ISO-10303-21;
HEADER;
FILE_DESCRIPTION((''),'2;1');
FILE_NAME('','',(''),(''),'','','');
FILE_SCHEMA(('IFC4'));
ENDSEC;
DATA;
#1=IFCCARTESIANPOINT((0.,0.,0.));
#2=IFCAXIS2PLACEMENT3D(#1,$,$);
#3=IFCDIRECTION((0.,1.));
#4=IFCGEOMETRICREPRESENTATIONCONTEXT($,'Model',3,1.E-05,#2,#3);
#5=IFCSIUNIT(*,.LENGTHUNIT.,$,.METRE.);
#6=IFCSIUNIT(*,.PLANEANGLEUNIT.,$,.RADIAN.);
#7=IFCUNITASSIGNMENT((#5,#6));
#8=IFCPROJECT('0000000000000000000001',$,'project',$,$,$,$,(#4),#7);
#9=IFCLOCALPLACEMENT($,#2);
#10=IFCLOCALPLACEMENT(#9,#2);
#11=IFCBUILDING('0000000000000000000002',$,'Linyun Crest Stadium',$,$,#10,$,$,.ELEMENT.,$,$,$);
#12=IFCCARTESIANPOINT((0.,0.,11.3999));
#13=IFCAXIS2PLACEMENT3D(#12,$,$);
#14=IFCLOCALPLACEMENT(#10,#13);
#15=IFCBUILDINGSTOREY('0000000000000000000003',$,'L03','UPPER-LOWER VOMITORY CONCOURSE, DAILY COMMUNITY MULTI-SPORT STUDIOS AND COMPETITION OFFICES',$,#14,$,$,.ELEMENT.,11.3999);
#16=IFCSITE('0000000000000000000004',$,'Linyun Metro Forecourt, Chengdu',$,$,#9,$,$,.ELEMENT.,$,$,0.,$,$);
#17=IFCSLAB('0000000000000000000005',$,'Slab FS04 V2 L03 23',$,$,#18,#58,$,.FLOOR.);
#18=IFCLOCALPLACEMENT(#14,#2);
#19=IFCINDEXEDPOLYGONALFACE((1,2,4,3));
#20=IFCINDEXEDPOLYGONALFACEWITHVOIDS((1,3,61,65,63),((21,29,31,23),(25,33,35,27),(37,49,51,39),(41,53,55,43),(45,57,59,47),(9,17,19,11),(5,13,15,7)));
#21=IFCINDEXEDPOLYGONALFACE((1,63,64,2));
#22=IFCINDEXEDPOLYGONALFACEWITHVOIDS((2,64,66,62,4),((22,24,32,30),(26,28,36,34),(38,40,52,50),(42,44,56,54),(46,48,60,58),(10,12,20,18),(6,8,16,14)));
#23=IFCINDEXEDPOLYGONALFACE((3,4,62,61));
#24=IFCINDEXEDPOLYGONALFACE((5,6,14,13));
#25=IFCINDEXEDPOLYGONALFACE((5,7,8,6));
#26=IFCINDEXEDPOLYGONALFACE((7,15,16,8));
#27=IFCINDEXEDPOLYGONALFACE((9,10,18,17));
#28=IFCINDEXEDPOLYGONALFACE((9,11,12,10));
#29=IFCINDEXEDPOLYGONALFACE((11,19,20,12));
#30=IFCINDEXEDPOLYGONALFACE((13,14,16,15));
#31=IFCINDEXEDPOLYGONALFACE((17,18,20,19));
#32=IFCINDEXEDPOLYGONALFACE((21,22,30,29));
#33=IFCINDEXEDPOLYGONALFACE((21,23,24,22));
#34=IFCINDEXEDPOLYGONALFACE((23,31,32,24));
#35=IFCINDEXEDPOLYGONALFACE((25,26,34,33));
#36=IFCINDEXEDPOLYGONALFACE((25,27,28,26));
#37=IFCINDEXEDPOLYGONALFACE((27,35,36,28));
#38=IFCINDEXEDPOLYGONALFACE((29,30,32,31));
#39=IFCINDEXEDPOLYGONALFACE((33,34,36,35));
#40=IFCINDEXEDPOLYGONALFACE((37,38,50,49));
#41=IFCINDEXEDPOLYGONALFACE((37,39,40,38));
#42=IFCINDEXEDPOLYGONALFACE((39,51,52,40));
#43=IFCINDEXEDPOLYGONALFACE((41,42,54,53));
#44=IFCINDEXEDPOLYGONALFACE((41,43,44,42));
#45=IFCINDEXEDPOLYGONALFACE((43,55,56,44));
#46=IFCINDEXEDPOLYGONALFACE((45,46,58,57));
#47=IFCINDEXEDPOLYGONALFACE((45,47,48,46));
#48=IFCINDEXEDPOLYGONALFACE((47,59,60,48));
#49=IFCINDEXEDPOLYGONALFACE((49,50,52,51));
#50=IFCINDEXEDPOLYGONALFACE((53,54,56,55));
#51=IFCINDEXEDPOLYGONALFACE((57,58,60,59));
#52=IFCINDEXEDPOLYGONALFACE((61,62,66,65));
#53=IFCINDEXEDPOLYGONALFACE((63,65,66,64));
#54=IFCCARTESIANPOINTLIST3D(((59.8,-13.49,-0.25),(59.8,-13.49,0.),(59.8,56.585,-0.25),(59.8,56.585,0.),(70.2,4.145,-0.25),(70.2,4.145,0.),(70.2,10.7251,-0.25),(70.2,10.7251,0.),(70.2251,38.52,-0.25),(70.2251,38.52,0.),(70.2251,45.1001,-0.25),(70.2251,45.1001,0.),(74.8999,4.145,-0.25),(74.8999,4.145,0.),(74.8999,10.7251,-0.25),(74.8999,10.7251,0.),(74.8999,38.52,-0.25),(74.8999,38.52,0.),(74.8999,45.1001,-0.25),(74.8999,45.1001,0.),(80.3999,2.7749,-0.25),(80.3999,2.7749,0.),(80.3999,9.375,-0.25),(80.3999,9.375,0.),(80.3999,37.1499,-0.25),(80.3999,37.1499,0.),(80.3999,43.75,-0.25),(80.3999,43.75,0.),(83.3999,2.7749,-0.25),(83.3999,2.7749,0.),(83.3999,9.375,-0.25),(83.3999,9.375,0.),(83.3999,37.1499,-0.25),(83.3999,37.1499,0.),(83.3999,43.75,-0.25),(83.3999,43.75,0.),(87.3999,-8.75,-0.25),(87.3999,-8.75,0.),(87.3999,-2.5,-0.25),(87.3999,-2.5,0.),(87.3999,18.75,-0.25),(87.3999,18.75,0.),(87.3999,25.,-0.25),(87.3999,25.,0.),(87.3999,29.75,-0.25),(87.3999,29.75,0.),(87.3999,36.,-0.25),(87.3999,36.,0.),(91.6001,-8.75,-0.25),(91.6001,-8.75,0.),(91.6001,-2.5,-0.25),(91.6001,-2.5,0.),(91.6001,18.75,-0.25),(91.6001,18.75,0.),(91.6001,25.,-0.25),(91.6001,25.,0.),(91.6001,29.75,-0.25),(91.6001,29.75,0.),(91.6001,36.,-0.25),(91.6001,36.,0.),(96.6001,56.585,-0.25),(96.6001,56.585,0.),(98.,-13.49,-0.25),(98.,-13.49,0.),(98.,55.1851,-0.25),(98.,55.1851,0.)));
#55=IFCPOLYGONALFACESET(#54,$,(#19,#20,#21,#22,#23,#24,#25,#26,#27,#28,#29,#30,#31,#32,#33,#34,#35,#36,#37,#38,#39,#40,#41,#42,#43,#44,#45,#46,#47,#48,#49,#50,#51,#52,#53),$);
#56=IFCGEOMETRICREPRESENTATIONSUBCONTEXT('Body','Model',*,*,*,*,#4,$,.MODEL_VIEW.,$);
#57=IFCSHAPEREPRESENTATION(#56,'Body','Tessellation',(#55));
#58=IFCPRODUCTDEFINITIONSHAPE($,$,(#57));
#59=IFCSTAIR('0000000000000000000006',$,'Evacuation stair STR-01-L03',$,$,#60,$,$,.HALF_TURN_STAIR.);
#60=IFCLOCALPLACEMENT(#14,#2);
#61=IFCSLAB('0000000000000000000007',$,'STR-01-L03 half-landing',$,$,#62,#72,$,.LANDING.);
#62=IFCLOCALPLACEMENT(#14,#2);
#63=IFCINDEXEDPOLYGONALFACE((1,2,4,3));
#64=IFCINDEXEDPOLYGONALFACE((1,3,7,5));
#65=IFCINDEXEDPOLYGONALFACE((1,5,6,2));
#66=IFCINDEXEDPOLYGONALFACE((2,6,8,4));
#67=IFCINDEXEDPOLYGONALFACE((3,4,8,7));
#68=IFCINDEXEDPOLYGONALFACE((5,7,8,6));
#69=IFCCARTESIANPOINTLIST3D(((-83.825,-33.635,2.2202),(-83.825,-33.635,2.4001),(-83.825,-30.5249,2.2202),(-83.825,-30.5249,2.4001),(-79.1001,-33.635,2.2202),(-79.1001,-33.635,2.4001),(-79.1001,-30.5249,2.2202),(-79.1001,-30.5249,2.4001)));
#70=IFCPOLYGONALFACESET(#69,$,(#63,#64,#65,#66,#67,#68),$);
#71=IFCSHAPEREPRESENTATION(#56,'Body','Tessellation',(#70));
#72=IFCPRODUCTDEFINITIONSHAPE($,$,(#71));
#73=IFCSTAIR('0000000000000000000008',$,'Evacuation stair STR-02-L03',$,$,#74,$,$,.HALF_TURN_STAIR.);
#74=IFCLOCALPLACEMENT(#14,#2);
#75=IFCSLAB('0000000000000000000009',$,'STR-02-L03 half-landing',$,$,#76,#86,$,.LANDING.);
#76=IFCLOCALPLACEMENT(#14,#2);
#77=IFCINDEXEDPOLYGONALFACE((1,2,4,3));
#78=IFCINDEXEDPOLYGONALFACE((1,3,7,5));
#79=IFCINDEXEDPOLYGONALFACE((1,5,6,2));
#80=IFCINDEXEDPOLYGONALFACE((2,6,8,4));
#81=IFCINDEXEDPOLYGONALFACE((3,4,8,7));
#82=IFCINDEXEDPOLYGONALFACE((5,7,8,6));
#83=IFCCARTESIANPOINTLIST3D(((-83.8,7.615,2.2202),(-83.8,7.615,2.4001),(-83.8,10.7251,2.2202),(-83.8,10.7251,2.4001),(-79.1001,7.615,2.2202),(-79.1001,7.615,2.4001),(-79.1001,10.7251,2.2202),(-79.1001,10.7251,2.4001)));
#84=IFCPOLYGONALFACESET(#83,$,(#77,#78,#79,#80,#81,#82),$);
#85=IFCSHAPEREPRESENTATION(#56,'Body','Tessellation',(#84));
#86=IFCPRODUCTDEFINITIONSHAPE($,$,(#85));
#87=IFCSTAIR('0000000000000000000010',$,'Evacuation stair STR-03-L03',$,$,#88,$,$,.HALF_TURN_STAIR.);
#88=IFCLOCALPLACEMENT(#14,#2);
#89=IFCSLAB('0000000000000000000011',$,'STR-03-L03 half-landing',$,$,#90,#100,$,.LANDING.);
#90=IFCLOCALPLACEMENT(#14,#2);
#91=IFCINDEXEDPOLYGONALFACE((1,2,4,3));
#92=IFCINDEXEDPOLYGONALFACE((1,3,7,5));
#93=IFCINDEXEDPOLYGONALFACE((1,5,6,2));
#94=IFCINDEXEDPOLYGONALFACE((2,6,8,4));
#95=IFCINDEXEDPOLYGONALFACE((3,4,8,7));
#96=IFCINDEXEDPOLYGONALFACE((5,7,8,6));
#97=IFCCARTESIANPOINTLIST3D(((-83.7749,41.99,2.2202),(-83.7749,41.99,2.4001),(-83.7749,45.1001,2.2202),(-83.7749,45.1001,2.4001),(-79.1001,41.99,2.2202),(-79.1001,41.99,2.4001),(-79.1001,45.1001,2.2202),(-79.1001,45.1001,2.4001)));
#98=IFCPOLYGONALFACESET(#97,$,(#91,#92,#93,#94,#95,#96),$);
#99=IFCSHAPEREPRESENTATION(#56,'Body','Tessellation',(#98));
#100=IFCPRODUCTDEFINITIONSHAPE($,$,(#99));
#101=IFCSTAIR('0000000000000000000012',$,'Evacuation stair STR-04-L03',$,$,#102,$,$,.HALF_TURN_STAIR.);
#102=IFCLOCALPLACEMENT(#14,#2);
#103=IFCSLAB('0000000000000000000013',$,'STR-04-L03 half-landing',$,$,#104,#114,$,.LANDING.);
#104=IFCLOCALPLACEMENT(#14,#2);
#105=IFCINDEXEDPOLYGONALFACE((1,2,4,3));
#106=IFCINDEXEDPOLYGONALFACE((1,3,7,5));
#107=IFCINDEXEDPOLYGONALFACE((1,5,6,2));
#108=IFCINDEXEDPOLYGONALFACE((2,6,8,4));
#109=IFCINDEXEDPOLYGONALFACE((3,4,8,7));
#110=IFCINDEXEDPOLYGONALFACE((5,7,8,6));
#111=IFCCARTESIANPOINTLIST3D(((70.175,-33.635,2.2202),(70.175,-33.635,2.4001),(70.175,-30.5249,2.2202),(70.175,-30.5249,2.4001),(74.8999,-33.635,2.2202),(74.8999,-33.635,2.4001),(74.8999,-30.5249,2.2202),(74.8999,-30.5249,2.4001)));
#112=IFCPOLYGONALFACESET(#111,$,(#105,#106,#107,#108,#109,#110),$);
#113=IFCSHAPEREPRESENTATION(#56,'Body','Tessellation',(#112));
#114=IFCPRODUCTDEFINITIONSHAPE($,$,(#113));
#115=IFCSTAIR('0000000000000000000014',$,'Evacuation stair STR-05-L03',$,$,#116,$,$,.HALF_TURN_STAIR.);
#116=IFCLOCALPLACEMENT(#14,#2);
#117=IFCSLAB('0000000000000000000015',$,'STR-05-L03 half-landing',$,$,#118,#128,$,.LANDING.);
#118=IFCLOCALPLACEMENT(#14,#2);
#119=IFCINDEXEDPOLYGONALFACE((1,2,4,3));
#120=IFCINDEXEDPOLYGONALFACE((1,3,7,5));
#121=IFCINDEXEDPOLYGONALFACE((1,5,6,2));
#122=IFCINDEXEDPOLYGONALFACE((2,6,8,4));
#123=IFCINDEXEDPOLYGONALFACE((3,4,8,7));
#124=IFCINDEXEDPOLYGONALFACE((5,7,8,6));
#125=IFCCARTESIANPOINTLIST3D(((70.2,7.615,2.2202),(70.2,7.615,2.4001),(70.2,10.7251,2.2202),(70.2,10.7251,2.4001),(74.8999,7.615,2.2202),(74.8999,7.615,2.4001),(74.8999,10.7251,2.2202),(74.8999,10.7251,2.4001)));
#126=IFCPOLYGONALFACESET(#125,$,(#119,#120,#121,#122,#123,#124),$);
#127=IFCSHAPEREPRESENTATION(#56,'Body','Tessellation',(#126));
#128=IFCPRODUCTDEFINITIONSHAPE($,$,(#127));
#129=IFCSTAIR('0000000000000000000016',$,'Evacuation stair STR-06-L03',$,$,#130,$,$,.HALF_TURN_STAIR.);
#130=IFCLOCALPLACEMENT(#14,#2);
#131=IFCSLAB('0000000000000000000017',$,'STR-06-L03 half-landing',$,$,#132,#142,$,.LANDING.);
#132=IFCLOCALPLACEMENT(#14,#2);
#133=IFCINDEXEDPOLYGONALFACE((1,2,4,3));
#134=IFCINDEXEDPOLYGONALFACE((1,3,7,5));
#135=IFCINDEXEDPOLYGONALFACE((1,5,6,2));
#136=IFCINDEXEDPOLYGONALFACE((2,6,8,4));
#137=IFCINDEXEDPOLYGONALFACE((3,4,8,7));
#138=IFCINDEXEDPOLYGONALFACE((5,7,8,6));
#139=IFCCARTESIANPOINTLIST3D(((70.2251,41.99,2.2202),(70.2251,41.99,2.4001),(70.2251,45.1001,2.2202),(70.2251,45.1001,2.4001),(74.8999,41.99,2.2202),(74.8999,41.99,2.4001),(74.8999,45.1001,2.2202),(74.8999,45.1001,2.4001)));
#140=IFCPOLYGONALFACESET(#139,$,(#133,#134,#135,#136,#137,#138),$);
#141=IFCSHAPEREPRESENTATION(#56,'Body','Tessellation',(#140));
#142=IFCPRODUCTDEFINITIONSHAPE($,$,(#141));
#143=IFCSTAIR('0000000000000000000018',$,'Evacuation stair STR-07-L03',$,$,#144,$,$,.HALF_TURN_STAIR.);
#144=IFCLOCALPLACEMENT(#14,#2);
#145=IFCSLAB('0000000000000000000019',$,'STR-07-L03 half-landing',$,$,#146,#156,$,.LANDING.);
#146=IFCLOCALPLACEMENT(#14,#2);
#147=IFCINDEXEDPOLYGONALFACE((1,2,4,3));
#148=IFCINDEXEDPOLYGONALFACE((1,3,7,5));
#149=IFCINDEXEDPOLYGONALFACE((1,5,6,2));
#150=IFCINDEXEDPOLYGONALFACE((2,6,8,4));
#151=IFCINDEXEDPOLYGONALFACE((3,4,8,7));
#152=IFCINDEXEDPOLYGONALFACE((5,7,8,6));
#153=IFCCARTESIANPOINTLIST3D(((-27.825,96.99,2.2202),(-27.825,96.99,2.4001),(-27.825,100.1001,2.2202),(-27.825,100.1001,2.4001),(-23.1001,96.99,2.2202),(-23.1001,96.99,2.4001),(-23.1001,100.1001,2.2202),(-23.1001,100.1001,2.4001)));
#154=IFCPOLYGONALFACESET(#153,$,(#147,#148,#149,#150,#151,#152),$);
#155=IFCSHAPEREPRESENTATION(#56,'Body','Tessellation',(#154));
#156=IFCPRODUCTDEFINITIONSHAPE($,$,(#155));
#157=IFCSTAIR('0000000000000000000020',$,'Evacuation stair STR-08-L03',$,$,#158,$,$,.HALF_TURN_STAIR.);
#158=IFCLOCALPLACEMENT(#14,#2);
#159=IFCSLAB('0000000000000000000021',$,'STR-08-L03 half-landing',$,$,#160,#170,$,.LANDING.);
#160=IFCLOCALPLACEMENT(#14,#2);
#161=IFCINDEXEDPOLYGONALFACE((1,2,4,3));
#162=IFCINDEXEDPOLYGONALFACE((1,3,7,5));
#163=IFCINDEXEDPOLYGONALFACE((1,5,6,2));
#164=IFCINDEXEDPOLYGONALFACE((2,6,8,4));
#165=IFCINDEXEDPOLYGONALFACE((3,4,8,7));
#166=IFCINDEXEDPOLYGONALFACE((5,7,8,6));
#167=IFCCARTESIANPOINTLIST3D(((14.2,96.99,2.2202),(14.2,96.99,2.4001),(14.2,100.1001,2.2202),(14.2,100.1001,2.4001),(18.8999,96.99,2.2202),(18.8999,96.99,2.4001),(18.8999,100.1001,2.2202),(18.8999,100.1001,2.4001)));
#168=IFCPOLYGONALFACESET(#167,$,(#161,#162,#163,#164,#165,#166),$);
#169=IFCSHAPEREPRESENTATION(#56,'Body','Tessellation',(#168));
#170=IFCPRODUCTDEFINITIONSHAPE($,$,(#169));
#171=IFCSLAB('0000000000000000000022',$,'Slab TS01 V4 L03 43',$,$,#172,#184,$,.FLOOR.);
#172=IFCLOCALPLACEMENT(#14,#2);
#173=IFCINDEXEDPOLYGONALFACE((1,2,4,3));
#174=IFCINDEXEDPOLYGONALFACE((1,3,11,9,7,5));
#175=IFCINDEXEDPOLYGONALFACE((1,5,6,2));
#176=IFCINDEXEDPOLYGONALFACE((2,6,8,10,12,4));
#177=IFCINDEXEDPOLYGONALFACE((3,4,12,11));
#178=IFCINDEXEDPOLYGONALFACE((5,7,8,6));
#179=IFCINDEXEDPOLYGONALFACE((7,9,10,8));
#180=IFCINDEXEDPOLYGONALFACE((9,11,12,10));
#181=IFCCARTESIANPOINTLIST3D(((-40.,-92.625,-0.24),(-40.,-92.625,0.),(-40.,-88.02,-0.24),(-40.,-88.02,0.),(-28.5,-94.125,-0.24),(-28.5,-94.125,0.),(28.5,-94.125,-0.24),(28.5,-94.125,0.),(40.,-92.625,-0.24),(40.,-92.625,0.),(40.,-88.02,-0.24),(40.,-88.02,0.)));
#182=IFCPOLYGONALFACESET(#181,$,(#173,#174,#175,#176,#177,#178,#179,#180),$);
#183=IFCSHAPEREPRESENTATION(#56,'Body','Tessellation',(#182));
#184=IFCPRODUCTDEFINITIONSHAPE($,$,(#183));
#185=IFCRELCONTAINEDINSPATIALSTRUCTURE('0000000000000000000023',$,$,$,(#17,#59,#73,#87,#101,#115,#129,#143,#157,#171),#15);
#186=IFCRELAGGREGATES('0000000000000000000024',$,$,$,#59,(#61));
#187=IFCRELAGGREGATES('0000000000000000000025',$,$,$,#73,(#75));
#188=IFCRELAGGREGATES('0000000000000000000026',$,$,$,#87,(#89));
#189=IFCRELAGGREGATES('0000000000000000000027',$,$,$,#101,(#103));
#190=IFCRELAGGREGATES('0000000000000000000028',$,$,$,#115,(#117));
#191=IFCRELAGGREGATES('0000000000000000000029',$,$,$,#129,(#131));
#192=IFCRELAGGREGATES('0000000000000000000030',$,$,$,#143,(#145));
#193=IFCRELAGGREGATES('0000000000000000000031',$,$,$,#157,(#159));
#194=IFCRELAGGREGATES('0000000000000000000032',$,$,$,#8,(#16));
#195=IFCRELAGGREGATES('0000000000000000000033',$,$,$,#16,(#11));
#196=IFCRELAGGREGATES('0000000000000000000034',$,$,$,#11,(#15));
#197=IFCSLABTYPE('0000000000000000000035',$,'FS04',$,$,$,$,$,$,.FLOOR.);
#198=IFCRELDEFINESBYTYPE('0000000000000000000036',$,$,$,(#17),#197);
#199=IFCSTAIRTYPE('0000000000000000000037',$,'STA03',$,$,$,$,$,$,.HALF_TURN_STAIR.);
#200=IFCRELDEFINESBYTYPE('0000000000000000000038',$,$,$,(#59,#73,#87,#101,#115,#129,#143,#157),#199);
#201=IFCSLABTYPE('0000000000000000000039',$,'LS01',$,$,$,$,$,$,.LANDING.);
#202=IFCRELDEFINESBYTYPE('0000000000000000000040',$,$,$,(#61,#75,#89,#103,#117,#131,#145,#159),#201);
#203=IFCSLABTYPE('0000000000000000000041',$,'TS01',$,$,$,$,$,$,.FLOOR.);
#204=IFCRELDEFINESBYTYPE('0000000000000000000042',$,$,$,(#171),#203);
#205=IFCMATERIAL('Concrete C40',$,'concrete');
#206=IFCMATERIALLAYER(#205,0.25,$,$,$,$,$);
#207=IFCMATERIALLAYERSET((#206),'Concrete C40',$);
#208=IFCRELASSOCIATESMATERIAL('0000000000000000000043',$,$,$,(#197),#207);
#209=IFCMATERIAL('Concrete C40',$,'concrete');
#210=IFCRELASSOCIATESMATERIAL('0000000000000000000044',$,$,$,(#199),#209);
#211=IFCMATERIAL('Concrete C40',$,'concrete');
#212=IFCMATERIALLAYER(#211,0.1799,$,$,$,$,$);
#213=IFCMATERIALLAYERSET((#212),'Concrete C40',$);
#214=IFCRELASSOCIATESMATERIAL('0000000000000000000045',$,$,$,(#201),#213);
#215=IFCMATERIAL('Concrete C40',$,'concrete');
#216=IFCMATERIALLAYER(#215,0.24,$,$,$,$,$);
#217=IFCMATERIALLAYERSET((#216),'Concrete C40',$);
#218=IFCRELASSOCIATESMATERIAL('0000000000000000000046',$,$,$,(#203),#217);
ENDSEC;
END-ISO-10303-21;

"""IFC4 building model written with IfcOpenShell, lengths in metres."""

from ifc_helpers import new_model, si_unit, direction, frame, origin, place, context, subcontext, project, spatial, polyline, outline, extrude, material, layer, layer_set, type_object, element, aggregate, save


model = new_model("IFC4")

# Units and contexts
model_context = context("Model", 3, precision=1e-05, world=origin(), true_north=direction((0.0, 1.0)))
body_context = subcontext(model_context, "Body", "Model", "MODEL_VIEW")
ifc_project = project(units=[si_unit("LENGTHUNIT", "METRE"), si_unit("PLANEANGLEUNIT", "RADIAN")], contexts=[model_context])

# Site, building, storey
site_placement = place(None, origin())
site = spatial("IfcSite", under=ifc_project, at=site_placement, Name="Linyun Metro Forecourt, Chengdu", CompositionType="ELEMENT", RefElevation=0.0)
building_placement = place(site_placement, origin())
building = spatial("IfcBuilding", under=site, at=building_placement, Name="Linyun Crest Stadium", CompositionType="ELEMENT")
storey_placement = place(building_placement, frame((0.0, 0.0, 11.3999)))
storey = spatial("IfcBuildingStorey", under=building, at=storey_placement, Name="L03", Description="UPPER-LOWER VOMITORY CONCOURSE, DAILY COMMUNITY MULTI-SPORT STUDIOS AND COMPETITION OFFICES", CompositionType="ELEMENT", Elevation=11.3999)

# Slab
ifc_material_1 = material(Name="Concrete C40", Category="concrete")
ifc_layer_1 = layer(ifc_material_1, 0.25)
ifc_layer_set_1 = layer_set([ifc_layer_1], Name="Concrete C40")
slab_type_1 = type_object("IfcSlabType", Name="FS04", PredefinedType="FLOOR", material=ifc_layer_set_1)
slab_1_placement = place(storey_placement, frame((0.0, 0.0, -0.25)))
element("IfcSlab", 1, at=slab_1_placement, inside=storey, type_object=slab_type_1, Name="Slab FS04 V2 L03 23", PredefinedType="FLOOR", context=body_context, shape_type="SweptSolid", body=[
    extrude(outline(polyline([(59.8, -13.49), (98.0, -13.49), (98.0, 55.1851), (96.6001, 56.585), (59.8, 56.585), (59.8, -13.49)]), holes=[polyline([(70.2, 4.145), (70.2, 10.7251), (74.8999, 10.7251), (74.8999, 4.145), (70.2, 4.145)]), polyline([(80.3999, 2.7749), (80.3999, 9.375), (83.3999, 9.375), (83.3999, 2.7749), (80.3999, 2.7749)]), polyline([(70.2251, 38.52), (70.2251, 45.1001), (74.8999, 45.1001), (74.8999, 38.52), (70.2251, 38.52)]), polyline([(80.3999, 37.1499), (80.3999, 43.75), (83.3999, 43.75), (83.3999, 37.1499), (80.3999, 37.1499)]), polyline([(87.3999, -8.75), (87.3999, -2.5), (91.6001, -2.5), (91.6001, -8.75), (87.3999, -8.75)]), polyline([(87.3999, 18.75), (87.3999, 25.0), (91.6001, 25.0), (91.6001, 18.75), (87.3999, 18.75)]), polyline([(87.3999, 29.75), (87.3999, 36.0), (91.6001, 36.0), (91.6001, 29.75), (87.3999, 29.75)])]), origin(), (0.0, 0.0, 1.0), 0.25),
])

# Stairs, slabs
ifc_material_2 = material(Name="Concrete C40", Category="concrete")
stair_type = type_object("IfcStairType", Name="STA03", PredefinedType="HALF_TURN_STAIR", material=ifc_material_2)
stair_1_placement = place(storey_placement, origin())
stair_1 = element("IfcStair", 2, at=stair_1_placement, inside=storey, type_object=stair_type, Name="Evacuation stair STR-01-L03", PredefinedType="HALF_TURN_STAIR")
ifc_material_3 = material(Name="Concrete C40", Category="concrete")
ifc_layer_2 = layer(ifc_material_3, 0.1799)
ifc_layer_set_2 = layer_set([ifc_layer_2], Name="Concrete C40")
slab_type_2 = type_object("IfcSlabType", Name="LS01", PredefinedType="LANDING", material=ifc_layer_set_2)
slab_2_placement = place(storey_placement, frame((0.0, 0.0, 2.2202)))
slab_2 = element("IfcSlab", 3, at=slab_2_placement, type_object=slab_type_2, Name="STR-01-L03 half-landing", PredefinedType="LANDING", context=body_context, shape_type="SweptSolid", body=[
    extrude(outline(polyline([(-83.825, -33.635), (-79.1001, -33.635), (-79.1001, -30.5249), (-83.825, -30.5249), (-83.825, -33.635)])), origin(), (0.0, 0.0, 1.0), 0.1799),
])
aggregate(stair_1, [slab_2])
stair_2_placement = place(storey_placement, origin())
stair_2 = element("IfcStair", 4, at=stair_2_placement, inside=storey, type_object=stair_type, Name="Evacuation stair STR-02-L03", PredefinedType="HALF_TURN_STAIR")
slab_3_placement = place(storey_placement, frame((0.0, 0.0, 2.2202)))
slab_3 = element("IfcSlab", 5, at=slab_3_placement, type_object=slab_type_2, Name="STR-02-L03 half-landing", PredefinedType="LANDING", context=body_context, shape_type="SweptSolid", body=[
    extrude(outline(polyline([(-83.8, 7.615), (-79.1001, 7.615), (-79.1001, 10.7251), (-83.8, 10.7251), (-83.8, 7.615)])), origin(), (0.0, 0.0, 1.0), 0.1799),
])
aggregate(stair_2, [slab_3])
stair_3_placement = place(storey_placement, origin())
stair_3 = element("IfcStair", 6, at=stair_3_placement, inside=storey, type_object=stair_type, Name="Evacuation stair STR-03-L03", PredefinedType="HALF_TURN_STAIR")
slab_4_placement = place(storey_placement, frame((0.0, 0.0, 2.2202)))
slab_4 = element("IfcSlab", 7, at=slab_4_placement, type_object=slab_type_2, Name="STR-03-L03 half-landing", PredefinedType="LANDING", context=body_context, shape_type="SweptSolid", body=[
    extrude(outline(polyline([(-83.7749, 41.99), (-79.1001, 41.99), (-79.1001, 45.1001), (-83.7749, 45.1001), (-83.7749, 41.99)])), origin(), (0.0, 0.0, 1.0), 0.1799),
])
aggregate(stair_3, [slab_4])
stair_4_placement = place(storey_placement, origin())
stair_4 = element("IfcStair", 8, at=stair_4_placement, inside=storey, type_object=stair_type, Name="Evacuation stair STR-04-L03", PredefinedType="HALF_TURN_STAIR")
slab_5_placement = place(storey_placement, frame((0.0, 0.0, 2.2202)))
slab_5 = element("IfcSlab", 9, at=slab_5_placement, type_object=slab_type_2, Name="STR-04-L03 half-landing", PredefinedType="LANDING", context=body_context, shape_type="SweptSolid", body=[
    extrude(outline(polyline([(70.175, -33.635), (74.8999, -33.635), (74.8999, -30.5249), (70.175, -30.5249), (70.175, -33.635)])), origin(), (0.0, 0.0, 1.0), 0.1799),
])
aggregate(stair_4, [slab_5])
stair_5_placement = place(storey_placement, origin())
stair_5 = element("IfcStair", 10, at=stair_5_placement, inside=storey, type_object=stair_type, Name="Evacuation stair STR-05-L03", PredefinedType="HALF_TURN_STAIR")
slab_6_placement = place(storey_placement, frame((0.0, 0.0, 2.2202)))
slab_6 = element("IfcSlab", 11, at=slab_6_placement, type_object=slab_type_2, Name="STR-05-L03 half-landing", PredefinedType="LANDING", context=body_context, shape_type="SweptSolid", body=[
    extrude(outline(polyline([(70.2, 7.615), (74.8999, 7.615), (74.8999, 10.7251), (70.2, 10.7251), (70.2, 7.615)])), origin(), (0.0, 0.0, 1.0), 0.1799),
])
aggregate(stair_5, [slab_6])
stair_6_placement = place(storey_placement, origin())
stair_6 = element("IfcStair", 12, at=stair_6_placement, inside=storey, type_object=stair_type, Name="Evacuation stair STR-06-L03", PredefinedType="HALF_TURN_STAIR")
slab_7_placement = place(storey_placement, frame((0.0, 0.0, 2.2202)))
slab_7 = element("IfcSlab", 13, at=slab_7_placement, type_object=slab_type_2, Name="STR-06-L03 half-landing", PredefinedType="LANDING", context=body_context, shape_type="SweptSolid", body=[
    extrude(outline(polyline([(70.2251, 41.99), (74.8999, 41.99), (74.8999, 45.1001), (70.2251, 45.1001), (70.2251, 41.99)])), origin(), (0.0, 0.0, 1.0), 0.1799),
])
aggregate(stair_6, [slab_7])
stair_7_placement = place(storey_placement, origin())
stair_7 = element("IfcStair", 14, at=stair_7_placement, inside=storey, type_object=stair_type, Name="Evacuation stair STR-07-L03", PredefinedType="HALF_TURN_STAIR")
slab_8_placement = place(storey_placement, frame((0.0, 0.0, 2.2202)))
slab_8 = element("IfcSlab", 15, at=slab_8_placement, type_object=slab_type_2, Name="STR-07-L03 half-landing", PredefinedType="LANDING", context=body_context, shape_type="SweptSolid", body=[
    extrude(outline(polyline([(-27.825, 96.99), (-23.1001, 96.99), (-23.1001, 100.1001), (-27.825, 100.1001), (-27.825, 96.99)])), origin(), (0.0, 0.0, 1.0), 0.1799),
])
aggregate(stair_7, [slab_8])
stair_8_placement = place(storey_placement, origin())
stair_8 = element("IfcStair", 16, at=stair_8_placement, inside=storey, type_object=stair_type, Name="Evacuation stair STR-08-L03", PredefinedType="HALF_TURN_STAIR")
slab_9_placement = place(storey_placement, frame((0.0, 0.0, 2.2202)))
slab_9 = element("IfcSlab", 17, at=slab_9_placement, type_object=slab_type_2, Name="STR-08-L03 half-landing", PredefinedType="LANDING", context=body_context, shape_type="SweptSolid", body=[
    extrude(outline(polyline([(14.2, 96.99), (18.8999, 96.99), (18.8999, 100.1001), (14.2, 100.1001), (14.2, 96.99)])), origin(), (0.0, 0.0, 1.0), 0.1799),
])
aggregate(stair_8, [slab_9])

# Slab
ifc_material_4 = material(Name="Concrete C40", Category="concrete")
ifc_layer_3 = layer(ifc_material_4, 0.24)
ifc_layer_set_3 = layer_set([ifc_layer_3], Name="Concrete C40")
slab_type_3 = type_object("IfcSlabType", Name="TS01", PredefinedType="FLOOR", material=ifc_layer_set_3)
slab_10_placement = place(storey_placement, frame((0.0, 0.0, -0.24)))
element("IfcSlab", 18, at=slab_10_placement, inside=storey, type_object=slab_type_3, Name="Slab TS01 V4 L03 43", PredefinedType="FLOOR", context=body_context, shape_type="SweptSolid", body=[
    extrude(outline(polyline([(-40.0, -92.625), (-28.5, -94.125), (28.5, -94.125), (40.0, -92.625), (40.0, -88.02), (-40.0, -88.02), (-40.0, -92.625)])), origin(), (0.0, 0.0, 1.0), 0.24),
])

save(model, "model.ifc")
